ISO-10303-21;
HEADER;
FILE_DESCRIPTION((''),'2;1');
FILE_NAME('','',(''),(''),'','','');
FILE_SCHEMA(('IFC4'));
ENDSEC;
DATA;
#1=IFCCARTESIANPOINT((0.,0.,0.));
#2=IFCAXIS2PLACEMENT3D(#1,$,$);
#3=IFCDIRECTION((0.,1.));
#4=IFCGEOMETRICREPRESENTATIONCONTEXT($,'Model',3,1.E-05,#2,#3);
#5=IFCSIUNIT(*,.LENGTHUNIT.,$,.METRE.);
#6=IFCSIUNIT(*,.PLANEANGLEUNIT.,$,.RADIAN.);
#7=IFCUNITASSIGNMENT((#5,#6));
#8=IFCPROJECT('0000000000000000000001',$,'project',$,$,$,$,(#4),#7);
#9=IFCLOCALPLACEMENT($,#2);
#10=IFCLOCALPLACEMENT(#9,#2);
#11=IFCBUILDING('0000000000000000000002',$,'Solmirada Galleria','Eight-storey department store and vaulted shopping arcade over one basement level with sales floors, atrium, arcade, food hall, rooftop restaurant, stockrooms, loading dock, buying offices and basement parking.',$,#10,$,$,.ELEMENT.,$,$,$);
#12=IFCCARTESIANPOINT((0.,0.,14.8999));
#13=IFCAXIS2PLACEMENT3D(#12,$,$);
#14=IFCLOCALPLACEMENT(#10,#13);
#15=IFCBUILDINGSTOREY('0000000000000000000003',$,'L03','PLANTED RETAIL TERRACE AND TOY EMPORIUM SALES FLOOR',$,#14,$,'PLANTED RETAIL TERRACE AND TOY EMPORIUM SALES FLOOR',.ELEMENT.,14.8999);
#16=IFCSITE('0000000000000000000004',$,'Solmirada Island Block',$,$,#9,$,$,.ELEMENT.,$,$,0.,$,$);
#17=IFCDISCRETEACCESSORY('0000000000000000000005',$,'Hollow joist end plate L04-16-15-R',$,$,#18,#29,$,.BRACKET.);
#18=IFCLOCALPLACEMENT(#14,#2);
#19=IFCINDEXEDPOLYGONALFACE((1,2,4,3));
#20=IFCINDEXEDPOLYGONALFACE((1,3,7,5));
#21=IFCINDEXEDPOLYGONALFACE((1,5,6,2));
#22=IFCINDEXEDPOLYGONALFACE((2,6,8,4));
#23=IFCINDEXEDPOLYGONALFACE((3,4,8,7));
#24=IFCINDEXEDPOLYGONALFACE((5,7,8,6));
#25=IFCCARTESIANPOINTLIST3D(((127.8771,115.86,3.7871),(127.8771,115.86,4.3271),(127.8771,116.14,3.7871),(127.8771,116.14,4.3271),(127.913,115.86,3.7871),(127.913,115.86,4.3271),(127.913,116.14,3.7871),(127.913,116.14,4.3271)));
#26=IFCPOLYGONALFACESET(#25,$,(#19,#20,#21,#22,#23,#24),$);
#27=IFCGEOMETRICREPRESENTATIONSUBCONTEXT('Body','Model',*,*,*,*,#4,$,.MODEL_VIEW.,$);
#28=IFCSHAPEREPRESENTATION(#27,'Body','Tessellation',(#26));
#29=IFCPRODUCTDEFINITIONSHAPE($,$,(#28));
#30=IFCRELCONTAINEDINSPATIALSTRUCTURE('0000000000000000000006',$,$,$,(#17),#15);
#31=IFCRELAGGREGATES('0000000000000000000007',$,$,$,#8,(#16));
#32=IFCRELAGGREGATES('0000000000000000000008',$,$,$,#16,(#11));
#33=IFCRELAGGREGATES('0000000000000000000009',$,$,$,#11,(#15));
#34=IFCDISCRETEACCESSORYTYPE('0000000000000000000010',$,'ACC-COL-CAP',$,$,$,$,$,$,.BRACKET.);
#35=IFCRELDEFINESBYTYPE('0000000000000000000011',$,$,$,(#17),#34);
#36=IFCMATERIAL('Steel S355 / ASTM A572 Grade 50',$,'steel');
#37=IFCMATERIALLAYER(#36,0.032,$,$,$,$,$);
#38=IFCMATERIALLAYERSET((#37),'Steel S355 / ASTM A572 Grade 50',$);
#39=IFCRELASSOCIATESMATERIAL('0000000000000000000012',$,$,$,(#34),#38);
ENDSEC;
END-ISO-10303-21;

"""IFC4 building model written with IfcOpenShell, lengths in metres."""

from ifc_helpers import new_model, si_unit, direction, frame, origin, origin_2d, place, context, subcontext, project, spatial, rectangle, extrude, material, layer, layer_set, type_object, element, save


model = new_model("IFC4")

# Units and contexts
model_context = context("Model", 3, precision=1e-05, world=origin(), true_north=direction((0.0, 1.0)))
body_context = subcontext(model_context, "Body", "Model", "MODEL_VIEW")
ifc_project = project(units=[si_unit("LENGTHUNIT", "METRE"), si_unit("PLANEANGLEUNIT", "RADIAN")], contexts=[model_context])

# Site, building, storey
site_placement = place(None, origin())
site = spatial("IfcSite", under=ifc_project, at=site_placement, Name="Solmirada Island Block", CompositionType="ELEMENT", RefElevation=0.0)
building_placement = place(site_placement, origin())
building = spatial("IfcBuilding", under=site, at=building_placement, Name="Solmirada Galleria", Description="Eight-storey department store and vaulted shopping arcade over one basement level with sales floors, atrium, arcade, food hall, rooftop restaurant, stockrooms, loading dock, buying offices and basement parking.", CompositionType="ELEMENT")
storey_placement = place(building_placement, frame((0.0, 0.0, 14.8999)))
storey = spatial("IfcBuildingStorey", under=building, at=storey_placement, Name="L03", Description="PLANTED RETAIL TERRACE AND TOY EMPORIUM SALES FLOOR", LongName="PLANTED RETAIL TERRACE AND TOY EMPORIUM SALES FLOOR", CompositionType="ELEMENT", Elevation=14.8999)

# Discrete accessory
ifc_material_1 = material(Name="Steel S355 / ASTM A572 Grade 50", Category="steel")
ifc_layer_1 = layer(ifc_material_1, 0.032)
ifc_layer_set_1 = layer_set([ifc_layer_1], Name="Steel S355 / ASTM A572 Grade 50")
discrete_accessory_type = type_object("IfcDiscreteAccessoryType", Name="ACC-COL-CAP", PredefinedType="BRACKET", material=ifc_layer_set_1)
for number, where, z_axis, x_axis, name in (
    (1, (127.895, 116.0, 3.7871), (0.0, 0.0, 1.0), (1.0, 0.0, 0.0), "Hollow joist end plate L04-16-15-R"),
):
    element("IfcDiscreteAccessory", number, at=place(storey_placement, frame(where, z_axis=z_axis, x_axis=x_axis)), inside=storey, type_object=discrete_accessory_type, Name=name, PredefinedType="BRACKET", context=body_context, shape_type="SweptSolid", body=[
        extrude(rectangle(XDim=0.0359, YDim=0.28, at=origin_2d()), origin(), (0.0, 0.0, 1.0), 0.54),
    ])

save(model, "model.ifc")
